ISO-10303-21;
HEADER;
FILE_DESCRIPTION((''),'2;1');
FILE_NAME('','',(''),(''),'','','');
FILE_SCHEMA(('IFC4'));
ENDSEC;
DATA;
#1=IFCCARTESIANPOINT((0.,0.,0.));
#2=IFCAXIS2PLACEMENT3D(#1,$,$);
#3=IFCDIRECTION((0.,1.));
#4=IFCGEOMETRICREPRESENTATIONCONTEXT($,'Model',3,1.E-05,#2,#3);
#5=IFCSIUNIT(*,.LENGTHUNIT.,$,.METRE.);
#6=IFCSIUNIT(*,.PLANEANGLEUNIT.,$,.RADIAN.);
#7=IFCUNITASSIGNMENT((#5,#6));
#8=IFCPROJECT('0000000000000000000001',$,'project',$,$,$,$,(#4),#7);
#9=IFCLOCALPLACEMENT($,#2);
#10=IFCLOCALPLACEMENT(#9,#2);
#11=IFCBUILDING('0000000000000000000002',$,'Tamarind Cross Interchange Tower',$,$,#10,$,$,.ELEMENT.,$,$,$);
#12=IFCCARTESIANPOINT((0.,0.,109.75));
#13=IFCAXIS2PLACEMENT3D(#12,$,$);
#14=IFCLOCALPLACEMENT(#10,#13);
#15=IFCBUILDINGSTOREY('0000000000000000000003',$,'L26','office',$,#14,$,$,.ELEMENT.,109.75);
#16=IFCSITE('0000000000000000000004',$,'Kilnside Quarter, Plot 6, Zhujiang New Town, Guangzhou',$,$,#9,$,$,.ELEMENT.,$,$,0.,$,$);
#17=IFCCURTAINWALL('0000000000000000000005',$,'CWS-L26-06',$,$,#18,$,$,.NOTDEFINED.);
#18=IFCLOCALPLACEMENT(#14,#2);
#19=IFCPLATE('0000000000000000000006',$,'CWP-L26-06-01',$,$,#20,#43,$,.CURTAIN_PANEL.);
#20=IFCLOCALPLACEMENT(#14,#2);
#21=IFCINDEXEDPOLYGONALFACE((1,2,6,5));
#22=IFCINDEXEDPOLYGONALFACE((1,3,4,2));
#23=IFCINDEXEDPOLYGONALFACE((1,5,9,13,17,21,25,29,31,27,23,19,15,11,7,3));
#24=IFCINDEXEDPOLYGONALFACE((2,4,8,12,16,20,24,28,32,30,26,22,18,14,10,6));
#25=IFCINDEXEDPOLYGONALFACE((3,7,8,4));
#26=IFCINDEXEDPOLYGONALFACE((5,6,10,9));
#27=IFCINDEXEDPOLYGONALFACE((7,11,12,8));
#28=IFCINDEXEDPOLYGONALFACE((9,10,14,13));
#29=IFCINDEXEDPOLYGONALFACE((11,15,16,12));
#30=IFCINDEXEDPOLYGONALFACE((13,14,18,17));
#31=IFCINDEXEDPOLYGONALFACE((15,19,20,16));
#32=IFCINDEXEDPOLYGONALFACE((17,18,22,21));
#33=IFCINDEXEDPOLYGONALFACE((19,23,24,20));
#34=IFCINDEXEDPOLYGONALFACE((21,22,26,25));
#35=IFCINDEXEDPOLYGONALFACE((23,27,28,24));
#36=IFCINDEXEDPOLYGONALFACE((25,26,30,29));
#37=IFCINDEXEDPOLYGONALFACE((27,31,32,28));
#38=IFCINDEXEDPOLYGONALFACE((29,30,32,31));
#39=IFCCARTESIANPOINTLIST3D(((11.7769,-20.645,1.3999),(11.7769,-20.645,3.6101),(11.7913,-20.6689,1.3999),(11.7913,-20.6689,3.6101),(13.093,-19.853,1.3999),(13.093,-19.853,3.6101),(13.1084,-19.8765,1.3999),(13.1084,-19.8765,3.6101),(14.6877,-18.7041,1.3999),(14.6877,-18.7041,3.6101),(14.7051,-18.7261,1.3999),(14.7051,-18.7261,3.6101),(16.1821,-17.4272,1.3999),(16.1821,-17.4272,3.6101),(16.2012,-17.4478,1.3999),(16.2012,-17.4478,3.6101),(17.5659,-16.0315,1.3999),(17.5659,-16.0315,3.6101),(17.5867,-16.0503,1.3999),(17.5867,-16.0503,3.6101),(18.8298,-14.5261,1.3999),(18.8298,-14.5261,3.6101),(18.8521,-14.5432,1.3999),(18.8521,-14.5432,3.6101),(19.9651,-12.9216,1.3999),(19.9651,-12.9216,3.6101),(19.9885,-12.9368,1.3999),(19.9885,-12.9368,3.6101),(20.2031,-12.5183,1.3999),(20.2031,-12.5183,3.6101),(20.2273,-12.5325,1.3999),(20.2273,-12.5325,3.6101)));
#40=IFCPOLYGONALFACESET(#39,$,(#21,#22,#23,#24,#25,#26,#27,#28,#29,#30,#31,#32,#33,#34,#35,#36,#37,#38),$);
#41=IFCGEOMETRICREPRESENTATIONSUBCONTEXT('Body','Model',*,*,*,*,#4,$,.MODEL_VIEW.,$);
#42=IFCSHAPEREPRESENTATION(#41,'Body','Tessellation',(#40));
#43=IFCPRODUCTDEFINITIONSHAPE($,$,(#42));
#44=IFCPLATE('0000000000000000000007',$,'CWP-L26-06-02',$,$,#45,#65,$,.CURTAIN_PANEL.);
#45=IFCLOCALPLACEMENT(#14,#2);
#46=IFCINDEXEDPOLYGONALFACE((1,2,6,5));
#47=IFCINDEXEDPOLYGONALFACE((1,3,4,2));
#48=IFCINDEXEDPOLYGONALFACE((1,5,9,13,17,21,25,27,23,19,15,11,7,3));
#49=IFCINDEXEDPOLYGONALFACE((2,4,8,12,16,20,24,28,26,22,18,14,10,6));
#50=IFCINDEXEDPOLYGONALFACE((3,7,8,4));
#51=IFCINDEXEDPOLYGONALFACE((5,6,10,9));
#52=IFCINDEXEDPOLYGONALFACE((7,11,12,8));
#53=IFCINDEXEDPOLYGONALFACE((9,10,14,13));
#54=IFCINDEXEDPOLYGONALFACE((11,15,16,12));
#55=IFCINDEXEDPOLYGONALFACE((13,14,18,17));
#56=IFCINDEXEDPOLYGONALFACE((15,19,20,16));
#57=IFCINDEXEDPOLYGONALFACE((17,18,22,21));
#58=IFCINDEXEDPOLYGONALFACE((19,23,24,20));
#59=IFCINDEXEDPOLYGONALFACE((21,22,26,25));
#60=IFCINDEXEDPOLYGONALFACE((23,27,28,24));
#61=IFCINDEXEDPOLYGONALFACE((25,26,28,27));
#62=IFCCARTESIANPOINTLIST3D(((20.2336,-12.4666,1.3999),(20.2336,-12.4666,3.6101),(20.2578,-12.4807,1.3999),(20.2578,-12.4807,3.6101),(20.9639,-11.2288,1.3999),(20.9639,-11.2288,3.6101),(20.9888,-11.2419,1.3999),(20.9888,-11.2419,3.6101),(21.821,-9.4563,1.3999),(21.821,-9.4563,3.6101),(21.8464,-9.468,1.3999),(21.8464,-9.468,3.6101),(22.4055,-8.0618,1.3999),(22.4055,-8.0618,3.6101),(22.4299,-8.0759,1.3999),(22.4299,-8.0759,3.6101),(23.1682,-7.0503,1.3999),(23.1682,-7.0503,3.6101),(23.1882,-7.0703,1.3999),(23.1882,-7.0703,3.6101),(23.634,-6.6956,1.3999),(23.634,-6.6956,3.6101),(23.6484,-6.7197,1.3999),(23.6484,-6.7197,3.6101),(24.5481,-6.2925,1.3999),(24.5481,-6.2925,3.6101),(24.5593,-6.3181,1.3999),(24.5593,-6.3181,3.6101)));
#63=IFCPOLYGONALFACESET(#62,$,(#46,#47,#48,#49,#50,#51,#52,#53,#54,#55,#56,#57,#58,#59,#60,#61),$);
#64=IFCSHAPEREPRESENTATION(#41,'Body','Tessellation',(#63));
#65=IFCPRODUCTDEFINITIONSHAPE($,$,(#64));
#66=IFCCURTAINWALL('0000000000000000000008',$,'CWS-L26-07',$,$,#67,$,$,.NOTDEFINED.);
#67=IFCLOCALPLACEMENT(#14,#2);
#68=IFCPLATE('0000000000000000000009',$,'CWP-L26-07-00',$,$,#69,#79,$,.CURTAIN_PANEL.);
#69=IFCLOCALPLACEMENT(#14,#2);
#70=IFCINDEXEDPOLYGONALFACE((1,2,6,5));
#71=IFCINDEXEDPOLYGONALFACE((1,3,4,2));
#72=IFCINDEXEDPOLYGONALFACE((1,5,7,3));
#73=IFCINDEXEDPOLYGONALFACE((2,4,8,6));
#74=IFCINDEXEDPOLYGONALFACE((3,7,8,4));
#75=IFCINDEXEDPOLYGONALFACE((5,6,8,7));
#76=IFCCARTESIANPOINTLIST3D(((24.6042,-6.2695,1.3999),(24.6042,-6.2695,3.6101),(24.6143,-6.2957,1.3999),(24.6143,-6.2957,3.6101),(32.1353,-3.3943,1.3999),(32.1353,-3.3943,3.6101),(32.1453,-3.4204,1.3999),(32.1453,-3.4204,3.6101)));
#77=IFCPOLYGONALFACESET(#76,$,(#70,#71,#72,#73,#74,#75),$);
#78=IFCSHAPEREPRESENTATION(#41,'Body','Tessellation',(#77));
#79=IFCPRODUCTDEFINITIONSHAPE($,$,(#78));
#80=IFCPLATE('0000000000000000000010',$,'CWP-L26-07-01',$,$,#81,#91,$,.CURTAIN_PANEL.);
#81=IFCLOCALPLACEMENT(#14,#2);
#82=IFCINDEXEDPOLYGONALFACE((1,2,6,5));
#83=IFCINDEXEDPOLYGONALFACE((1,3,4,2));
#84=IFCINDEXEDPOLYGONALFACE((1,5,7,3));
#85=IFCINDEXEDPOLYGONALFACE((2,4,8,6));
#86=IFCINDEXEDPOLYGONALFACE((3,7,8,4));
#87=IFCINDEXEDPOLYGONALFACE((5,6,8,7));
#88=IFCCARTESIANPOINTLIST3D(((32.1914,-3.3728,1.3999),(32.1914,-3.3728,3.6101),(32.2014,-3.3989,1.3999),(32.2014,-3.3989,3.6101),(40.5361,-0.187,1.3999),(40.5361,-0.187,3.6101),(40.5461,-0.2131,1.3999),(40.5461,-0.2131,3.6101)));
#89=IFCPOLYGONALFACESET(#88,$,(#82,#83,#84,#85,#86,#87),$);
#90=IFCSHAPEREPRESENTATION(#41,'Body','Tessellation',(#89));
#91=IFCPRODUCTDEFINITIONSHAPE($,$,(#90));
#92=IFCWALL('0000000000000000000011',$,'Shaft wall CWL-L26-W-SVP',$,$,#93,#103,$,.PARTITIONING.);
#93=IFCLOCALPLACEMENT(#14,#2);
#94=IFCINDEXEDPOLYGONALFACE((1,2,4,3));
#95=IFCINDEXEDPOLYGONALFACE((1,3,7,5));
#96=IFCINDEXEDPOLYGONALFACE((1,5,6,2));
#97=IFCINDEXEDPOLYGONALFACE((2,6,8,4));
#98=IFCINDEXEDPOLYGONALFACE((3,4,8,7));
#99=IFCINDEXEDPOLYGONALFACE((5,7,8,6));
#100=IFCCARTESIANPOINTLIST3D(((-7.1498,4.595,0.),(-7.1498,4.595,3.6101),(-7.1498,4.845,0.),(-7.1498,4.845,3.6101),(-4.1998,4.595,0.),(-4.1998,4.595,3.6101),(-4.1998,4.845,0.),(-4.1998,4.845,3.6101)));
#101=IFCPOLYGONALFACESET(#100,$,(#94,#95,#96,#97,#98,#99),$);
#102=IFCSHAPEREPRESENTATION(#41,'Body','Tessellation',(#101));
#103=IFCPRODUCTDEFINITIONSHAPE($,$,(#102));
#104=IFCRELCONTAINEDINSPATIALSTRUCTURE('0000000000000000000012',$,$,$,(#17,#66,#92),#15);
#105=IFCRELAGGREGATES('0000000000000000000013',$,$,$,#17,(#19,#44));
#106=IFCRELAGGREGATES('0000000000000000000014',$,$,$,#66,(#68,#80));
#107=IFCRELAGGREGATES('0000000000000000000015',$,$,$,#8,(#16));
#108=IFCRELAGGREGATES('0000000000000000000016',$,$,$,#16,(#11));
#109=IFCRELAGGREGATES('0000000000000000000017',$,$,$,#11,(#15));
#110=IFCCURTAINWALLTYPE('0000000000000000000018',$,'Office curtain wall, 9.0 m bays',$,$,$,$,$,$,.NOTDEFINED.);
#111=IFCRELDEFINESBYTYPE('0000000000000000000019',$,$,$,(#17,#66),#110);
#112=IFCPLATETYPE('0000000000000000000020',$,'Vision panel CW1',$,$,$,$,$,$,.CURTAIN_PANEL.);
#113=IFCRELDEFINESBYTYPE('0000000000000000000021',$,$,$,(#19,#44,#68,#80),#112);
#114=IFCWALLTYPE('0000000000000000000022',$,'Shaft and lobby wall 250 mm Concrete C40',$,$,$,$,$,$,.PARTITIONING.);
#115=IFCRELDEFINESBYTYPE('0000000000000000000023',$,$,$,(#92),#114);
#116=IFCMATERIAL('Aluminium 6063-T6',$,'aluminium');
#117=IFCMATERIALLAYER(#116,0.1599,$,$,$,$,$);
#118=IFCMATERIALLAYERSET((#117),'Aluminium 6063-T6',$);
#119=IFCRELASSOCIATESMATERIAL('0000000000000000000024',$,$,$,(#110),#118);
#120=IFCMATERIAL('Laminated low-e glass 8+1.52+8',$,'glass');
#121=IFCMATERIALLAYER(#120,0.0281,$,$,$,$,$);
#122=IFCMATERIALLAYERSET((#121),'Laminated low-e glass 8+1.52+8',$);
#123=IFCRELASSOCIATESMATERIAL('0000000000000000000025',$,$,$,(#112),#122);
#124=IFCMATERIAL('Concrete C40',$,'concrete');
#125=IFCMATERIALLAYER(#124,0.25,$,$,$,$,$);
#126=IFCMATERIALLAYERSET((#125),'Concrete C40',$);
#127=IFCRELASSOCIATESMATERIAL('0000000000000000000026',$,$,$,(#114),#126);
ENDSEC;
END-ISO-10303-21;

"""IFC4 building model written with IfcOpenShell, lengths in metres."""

from ifc_helpers import new_model, si_unit, direction, frame, frame_2d, origin, place, context, subcontext, project, spatial, polyline, rectangle, outline, extrude, material, layer, layer_set, type_object, element, aggregate, save


model = new_model("IFC4")

# Units and contexts
model_context = context("Model", 3, precision=1e-05, world=origin(), true_north=direction((0.0, 1.0)))
body_context = subcontext(model_context, "Body", "Model", "MODEL_VIEW")
ifc_project = project(units=[si_unit("LENGTHUNIT", "METRE"), si_unit("PLANEANGLEUNIT", "RADIAN")], contexts=[model_context])

# Site, building, storey
site_placement = place(None, origin())
site = spatial("IfcSite", under=ifc_project, at=site_placement, Name="Kilnside Quarter, Plot 6, Zhujiang New Town, Guangzhou", CompositionType="ELEMENT", RefElevation=0.0)
building_placement = place(site_placement, origin())
building = spatial("IfcBuilding", under=site, at=building_placement, Name="Tamarind Cross Interchange Tower", CompositionType="ELEMENT")
storey_placement = place(building_placement, frame((0.0, 0.0, 109.75)))
storey = spatial("IfcBuildingStorey", under=building, at=storey_placement, Name="L26", Description="office", CompositionType="ELEMENT", Elevation=109.75)

# Curtain wall
ifc_material_1 = material(Name="Aluminium 6063-T6", Category="aluminium")
ifc_layer_1 = layer(ifc_material_1, 0.1599)
ifc_layer_set_1 = layer_set([ifc_layer_1], Name="Aluminium 6063-T6")
curtain_wall_type = type_object("IfcCurtainWallType", Name="Office curtain wall, 9.0 m bays", PredefinedType="NOTDEFINED", material=ifc_layer_set_1)
curtain_wall_1_placement = place(storey_placement, origin())
curtain_wall_1 = element("IfcCurtainWall", 1, at=curtain_wall_1_placement, inside=storey, type_object=curtain_wall_type, Name="CWS-L26-06", PredefinedType="NOTDEFINED")

# Plates
ifc_material_2 = material(Name="Laminated low-e glass 8+1.52+8", Category="glass")
ifc_layer_2 = layer(ifc_material_2, 0.0281)
ifc_layer_set_2 = layer_set([ifc_layer_2], Name="Laminated low-e glass 8+1.52+8")
plate_type = type_object("IfcPlateType", Name="Vision panel CW1", PredefinedType="CURTAIN_PANEL", material=ifc_layer_set_2)
plate_1_placement = place(storey_placement, frame((0.0, 0.0, 1.3999)))
plate_1 = element("IfcPlate", 2, at=plate_1_placement, type_object=plate_type, Name="CWP-L26-06-01", PredefinedType="CURTAIN_PANEL", context=body_context, shape_type="SweptSolid", body=[
    extrude(outline(polyline([(11.7769, -20.645), (13.093, -19.853), (14.6877, -18.7041), (16.1821, -17.4272), (17.5659, -16.0315), (18.8298, -14.5261), (19.9651, -12.9216), (20.2031, -12.5183), (20.2273, -12.5325), (19.9885, -12.9368), (18.8521, -14.5432), (17.5867, -16.0503), (16.2012, -17.4478), (14.7051, -18.7261), (13.1084, -19.8765), (11.7913, -20.6689), (11.7769, -20.645)])), origin(), (0.0, 0.0, 1.0), 2.2102),
])
plate_2_placement = place(storey_placement, frame((0.0, 0.0, 1.3999)))
plate_2 = element("IfcPlate", 3, at=plate_2_placement, type_object=plate_type, Name="CWP-L26-06-02", PredefinedType="CURTAIN_PANEL", context=body_context, shape_type="SweptSolid", body=[
    extrude(outline(polyline([(20.2336, -12.4666), (20.9639, -11.2288), (21.821, -9.4563), (22.4055, -8.0618), (23.1682, -7.0503), (23.634, -6.6956), (24.5481, -6.2925), (24.5593, -6.3181), (23.6484, -6.7197), (23.1882, -7.0703), (22.4299, -8.0759), (21.8464, -9.468), (20.9888, -11.2419), (20.2578, -12.4807), (20.2336, -12.4666)])), origin(), (0.0, 0.0, 1.0), 2.2102),
])
aggregate(curtain_wall_1, [plate_1, plate_2])

# Curtain wall, plates
curtain_wall_2_placement = place(storey_placement, origin())
curtain_wall_2 = element("IfcCurtainWall", 4, at=curtain_wall_2_placement, inside=storey, type_object=curtain_wall_type, Name="CWS-L26-07", PredefinedType="NOTDEFINED")
plate_3_placement = place(storey_placement, frame((0.0, 0.0, 1.3999)))
plate_3 = element("IfcPlate", 5, at=plate_3_placement, type_object=plate_type, Name="CWP-L26-07-00", PredefinedType="CURTAIN_PANEL", context=body_context, shape_type="SweptSolid", body=[
    extrude(outline(polyline([(24.6042, -6.2695), (32.1353, -3.3943), (32.1453, -3.4204), (24.6143, -6.2957), (24.6042, -6.2695)])), origin(), (0.0, 0.0, 1.0), 2.2102),
])
plate_4_placement = place(storey_placement, frame((0.0, 0.0, 1.3999)))
plate_4 = element("IfcPlate", 6, at=plate_4_placement, type_object=plate_type, Name="CWP-L26-07-01", PredefinedType="CURTAIN_PANEL", context=body_context, shape_type="SweptSolid", body=[
    extrude(outline(polyline([(32.1914, -3.3728), (40.5361, -0.187), (40.5461, -0.2131), (32.2014, -3.3989), (32.1914, -3.3728)])), origin(), (0.0, 0.0, 1.0), 2.2102),
])
aggregate(curtain_wall_2, [plate_3, plate_4])

# Wall
ifc_material_3 = material(Name="Concrete C40", Category="concrete")
ifc_layer_3 = layer(ifc_material_3, 0.25)
ifc_layer_set_3 = layer_set([ifc_layer_3], Name="Concrete C40")
wall_type = type_object("IfcWallType", Name="Shaft and lobby wall 250 mm Concrete C40", PredefinedType="PARTITIONING", material=ifc_layer_set_3)
wall_placement = place(storey_placement, frame((-7.1499, 4.72, 0.0), z_axis=(0.0, 0.0, 1.0), x_axis=(1.0, 0.0, 0.0)))
element("IfcWall", 7, at=wall_placement, inside=storey, type_object=wall_type, Name="Shaft wall CWL-L26-W-SVP", PredefinedType="PARTITIONING", context=body_context, shape_type="SweptSolid", body=[
    extrude(rectangle(XDim=2.95, YDim=0.25, at=frame_2d((1.4751, 0.0))), origin(), (0.0, 0.0, 1.0), 3.6101),
])

save(model, "model.ifc")
